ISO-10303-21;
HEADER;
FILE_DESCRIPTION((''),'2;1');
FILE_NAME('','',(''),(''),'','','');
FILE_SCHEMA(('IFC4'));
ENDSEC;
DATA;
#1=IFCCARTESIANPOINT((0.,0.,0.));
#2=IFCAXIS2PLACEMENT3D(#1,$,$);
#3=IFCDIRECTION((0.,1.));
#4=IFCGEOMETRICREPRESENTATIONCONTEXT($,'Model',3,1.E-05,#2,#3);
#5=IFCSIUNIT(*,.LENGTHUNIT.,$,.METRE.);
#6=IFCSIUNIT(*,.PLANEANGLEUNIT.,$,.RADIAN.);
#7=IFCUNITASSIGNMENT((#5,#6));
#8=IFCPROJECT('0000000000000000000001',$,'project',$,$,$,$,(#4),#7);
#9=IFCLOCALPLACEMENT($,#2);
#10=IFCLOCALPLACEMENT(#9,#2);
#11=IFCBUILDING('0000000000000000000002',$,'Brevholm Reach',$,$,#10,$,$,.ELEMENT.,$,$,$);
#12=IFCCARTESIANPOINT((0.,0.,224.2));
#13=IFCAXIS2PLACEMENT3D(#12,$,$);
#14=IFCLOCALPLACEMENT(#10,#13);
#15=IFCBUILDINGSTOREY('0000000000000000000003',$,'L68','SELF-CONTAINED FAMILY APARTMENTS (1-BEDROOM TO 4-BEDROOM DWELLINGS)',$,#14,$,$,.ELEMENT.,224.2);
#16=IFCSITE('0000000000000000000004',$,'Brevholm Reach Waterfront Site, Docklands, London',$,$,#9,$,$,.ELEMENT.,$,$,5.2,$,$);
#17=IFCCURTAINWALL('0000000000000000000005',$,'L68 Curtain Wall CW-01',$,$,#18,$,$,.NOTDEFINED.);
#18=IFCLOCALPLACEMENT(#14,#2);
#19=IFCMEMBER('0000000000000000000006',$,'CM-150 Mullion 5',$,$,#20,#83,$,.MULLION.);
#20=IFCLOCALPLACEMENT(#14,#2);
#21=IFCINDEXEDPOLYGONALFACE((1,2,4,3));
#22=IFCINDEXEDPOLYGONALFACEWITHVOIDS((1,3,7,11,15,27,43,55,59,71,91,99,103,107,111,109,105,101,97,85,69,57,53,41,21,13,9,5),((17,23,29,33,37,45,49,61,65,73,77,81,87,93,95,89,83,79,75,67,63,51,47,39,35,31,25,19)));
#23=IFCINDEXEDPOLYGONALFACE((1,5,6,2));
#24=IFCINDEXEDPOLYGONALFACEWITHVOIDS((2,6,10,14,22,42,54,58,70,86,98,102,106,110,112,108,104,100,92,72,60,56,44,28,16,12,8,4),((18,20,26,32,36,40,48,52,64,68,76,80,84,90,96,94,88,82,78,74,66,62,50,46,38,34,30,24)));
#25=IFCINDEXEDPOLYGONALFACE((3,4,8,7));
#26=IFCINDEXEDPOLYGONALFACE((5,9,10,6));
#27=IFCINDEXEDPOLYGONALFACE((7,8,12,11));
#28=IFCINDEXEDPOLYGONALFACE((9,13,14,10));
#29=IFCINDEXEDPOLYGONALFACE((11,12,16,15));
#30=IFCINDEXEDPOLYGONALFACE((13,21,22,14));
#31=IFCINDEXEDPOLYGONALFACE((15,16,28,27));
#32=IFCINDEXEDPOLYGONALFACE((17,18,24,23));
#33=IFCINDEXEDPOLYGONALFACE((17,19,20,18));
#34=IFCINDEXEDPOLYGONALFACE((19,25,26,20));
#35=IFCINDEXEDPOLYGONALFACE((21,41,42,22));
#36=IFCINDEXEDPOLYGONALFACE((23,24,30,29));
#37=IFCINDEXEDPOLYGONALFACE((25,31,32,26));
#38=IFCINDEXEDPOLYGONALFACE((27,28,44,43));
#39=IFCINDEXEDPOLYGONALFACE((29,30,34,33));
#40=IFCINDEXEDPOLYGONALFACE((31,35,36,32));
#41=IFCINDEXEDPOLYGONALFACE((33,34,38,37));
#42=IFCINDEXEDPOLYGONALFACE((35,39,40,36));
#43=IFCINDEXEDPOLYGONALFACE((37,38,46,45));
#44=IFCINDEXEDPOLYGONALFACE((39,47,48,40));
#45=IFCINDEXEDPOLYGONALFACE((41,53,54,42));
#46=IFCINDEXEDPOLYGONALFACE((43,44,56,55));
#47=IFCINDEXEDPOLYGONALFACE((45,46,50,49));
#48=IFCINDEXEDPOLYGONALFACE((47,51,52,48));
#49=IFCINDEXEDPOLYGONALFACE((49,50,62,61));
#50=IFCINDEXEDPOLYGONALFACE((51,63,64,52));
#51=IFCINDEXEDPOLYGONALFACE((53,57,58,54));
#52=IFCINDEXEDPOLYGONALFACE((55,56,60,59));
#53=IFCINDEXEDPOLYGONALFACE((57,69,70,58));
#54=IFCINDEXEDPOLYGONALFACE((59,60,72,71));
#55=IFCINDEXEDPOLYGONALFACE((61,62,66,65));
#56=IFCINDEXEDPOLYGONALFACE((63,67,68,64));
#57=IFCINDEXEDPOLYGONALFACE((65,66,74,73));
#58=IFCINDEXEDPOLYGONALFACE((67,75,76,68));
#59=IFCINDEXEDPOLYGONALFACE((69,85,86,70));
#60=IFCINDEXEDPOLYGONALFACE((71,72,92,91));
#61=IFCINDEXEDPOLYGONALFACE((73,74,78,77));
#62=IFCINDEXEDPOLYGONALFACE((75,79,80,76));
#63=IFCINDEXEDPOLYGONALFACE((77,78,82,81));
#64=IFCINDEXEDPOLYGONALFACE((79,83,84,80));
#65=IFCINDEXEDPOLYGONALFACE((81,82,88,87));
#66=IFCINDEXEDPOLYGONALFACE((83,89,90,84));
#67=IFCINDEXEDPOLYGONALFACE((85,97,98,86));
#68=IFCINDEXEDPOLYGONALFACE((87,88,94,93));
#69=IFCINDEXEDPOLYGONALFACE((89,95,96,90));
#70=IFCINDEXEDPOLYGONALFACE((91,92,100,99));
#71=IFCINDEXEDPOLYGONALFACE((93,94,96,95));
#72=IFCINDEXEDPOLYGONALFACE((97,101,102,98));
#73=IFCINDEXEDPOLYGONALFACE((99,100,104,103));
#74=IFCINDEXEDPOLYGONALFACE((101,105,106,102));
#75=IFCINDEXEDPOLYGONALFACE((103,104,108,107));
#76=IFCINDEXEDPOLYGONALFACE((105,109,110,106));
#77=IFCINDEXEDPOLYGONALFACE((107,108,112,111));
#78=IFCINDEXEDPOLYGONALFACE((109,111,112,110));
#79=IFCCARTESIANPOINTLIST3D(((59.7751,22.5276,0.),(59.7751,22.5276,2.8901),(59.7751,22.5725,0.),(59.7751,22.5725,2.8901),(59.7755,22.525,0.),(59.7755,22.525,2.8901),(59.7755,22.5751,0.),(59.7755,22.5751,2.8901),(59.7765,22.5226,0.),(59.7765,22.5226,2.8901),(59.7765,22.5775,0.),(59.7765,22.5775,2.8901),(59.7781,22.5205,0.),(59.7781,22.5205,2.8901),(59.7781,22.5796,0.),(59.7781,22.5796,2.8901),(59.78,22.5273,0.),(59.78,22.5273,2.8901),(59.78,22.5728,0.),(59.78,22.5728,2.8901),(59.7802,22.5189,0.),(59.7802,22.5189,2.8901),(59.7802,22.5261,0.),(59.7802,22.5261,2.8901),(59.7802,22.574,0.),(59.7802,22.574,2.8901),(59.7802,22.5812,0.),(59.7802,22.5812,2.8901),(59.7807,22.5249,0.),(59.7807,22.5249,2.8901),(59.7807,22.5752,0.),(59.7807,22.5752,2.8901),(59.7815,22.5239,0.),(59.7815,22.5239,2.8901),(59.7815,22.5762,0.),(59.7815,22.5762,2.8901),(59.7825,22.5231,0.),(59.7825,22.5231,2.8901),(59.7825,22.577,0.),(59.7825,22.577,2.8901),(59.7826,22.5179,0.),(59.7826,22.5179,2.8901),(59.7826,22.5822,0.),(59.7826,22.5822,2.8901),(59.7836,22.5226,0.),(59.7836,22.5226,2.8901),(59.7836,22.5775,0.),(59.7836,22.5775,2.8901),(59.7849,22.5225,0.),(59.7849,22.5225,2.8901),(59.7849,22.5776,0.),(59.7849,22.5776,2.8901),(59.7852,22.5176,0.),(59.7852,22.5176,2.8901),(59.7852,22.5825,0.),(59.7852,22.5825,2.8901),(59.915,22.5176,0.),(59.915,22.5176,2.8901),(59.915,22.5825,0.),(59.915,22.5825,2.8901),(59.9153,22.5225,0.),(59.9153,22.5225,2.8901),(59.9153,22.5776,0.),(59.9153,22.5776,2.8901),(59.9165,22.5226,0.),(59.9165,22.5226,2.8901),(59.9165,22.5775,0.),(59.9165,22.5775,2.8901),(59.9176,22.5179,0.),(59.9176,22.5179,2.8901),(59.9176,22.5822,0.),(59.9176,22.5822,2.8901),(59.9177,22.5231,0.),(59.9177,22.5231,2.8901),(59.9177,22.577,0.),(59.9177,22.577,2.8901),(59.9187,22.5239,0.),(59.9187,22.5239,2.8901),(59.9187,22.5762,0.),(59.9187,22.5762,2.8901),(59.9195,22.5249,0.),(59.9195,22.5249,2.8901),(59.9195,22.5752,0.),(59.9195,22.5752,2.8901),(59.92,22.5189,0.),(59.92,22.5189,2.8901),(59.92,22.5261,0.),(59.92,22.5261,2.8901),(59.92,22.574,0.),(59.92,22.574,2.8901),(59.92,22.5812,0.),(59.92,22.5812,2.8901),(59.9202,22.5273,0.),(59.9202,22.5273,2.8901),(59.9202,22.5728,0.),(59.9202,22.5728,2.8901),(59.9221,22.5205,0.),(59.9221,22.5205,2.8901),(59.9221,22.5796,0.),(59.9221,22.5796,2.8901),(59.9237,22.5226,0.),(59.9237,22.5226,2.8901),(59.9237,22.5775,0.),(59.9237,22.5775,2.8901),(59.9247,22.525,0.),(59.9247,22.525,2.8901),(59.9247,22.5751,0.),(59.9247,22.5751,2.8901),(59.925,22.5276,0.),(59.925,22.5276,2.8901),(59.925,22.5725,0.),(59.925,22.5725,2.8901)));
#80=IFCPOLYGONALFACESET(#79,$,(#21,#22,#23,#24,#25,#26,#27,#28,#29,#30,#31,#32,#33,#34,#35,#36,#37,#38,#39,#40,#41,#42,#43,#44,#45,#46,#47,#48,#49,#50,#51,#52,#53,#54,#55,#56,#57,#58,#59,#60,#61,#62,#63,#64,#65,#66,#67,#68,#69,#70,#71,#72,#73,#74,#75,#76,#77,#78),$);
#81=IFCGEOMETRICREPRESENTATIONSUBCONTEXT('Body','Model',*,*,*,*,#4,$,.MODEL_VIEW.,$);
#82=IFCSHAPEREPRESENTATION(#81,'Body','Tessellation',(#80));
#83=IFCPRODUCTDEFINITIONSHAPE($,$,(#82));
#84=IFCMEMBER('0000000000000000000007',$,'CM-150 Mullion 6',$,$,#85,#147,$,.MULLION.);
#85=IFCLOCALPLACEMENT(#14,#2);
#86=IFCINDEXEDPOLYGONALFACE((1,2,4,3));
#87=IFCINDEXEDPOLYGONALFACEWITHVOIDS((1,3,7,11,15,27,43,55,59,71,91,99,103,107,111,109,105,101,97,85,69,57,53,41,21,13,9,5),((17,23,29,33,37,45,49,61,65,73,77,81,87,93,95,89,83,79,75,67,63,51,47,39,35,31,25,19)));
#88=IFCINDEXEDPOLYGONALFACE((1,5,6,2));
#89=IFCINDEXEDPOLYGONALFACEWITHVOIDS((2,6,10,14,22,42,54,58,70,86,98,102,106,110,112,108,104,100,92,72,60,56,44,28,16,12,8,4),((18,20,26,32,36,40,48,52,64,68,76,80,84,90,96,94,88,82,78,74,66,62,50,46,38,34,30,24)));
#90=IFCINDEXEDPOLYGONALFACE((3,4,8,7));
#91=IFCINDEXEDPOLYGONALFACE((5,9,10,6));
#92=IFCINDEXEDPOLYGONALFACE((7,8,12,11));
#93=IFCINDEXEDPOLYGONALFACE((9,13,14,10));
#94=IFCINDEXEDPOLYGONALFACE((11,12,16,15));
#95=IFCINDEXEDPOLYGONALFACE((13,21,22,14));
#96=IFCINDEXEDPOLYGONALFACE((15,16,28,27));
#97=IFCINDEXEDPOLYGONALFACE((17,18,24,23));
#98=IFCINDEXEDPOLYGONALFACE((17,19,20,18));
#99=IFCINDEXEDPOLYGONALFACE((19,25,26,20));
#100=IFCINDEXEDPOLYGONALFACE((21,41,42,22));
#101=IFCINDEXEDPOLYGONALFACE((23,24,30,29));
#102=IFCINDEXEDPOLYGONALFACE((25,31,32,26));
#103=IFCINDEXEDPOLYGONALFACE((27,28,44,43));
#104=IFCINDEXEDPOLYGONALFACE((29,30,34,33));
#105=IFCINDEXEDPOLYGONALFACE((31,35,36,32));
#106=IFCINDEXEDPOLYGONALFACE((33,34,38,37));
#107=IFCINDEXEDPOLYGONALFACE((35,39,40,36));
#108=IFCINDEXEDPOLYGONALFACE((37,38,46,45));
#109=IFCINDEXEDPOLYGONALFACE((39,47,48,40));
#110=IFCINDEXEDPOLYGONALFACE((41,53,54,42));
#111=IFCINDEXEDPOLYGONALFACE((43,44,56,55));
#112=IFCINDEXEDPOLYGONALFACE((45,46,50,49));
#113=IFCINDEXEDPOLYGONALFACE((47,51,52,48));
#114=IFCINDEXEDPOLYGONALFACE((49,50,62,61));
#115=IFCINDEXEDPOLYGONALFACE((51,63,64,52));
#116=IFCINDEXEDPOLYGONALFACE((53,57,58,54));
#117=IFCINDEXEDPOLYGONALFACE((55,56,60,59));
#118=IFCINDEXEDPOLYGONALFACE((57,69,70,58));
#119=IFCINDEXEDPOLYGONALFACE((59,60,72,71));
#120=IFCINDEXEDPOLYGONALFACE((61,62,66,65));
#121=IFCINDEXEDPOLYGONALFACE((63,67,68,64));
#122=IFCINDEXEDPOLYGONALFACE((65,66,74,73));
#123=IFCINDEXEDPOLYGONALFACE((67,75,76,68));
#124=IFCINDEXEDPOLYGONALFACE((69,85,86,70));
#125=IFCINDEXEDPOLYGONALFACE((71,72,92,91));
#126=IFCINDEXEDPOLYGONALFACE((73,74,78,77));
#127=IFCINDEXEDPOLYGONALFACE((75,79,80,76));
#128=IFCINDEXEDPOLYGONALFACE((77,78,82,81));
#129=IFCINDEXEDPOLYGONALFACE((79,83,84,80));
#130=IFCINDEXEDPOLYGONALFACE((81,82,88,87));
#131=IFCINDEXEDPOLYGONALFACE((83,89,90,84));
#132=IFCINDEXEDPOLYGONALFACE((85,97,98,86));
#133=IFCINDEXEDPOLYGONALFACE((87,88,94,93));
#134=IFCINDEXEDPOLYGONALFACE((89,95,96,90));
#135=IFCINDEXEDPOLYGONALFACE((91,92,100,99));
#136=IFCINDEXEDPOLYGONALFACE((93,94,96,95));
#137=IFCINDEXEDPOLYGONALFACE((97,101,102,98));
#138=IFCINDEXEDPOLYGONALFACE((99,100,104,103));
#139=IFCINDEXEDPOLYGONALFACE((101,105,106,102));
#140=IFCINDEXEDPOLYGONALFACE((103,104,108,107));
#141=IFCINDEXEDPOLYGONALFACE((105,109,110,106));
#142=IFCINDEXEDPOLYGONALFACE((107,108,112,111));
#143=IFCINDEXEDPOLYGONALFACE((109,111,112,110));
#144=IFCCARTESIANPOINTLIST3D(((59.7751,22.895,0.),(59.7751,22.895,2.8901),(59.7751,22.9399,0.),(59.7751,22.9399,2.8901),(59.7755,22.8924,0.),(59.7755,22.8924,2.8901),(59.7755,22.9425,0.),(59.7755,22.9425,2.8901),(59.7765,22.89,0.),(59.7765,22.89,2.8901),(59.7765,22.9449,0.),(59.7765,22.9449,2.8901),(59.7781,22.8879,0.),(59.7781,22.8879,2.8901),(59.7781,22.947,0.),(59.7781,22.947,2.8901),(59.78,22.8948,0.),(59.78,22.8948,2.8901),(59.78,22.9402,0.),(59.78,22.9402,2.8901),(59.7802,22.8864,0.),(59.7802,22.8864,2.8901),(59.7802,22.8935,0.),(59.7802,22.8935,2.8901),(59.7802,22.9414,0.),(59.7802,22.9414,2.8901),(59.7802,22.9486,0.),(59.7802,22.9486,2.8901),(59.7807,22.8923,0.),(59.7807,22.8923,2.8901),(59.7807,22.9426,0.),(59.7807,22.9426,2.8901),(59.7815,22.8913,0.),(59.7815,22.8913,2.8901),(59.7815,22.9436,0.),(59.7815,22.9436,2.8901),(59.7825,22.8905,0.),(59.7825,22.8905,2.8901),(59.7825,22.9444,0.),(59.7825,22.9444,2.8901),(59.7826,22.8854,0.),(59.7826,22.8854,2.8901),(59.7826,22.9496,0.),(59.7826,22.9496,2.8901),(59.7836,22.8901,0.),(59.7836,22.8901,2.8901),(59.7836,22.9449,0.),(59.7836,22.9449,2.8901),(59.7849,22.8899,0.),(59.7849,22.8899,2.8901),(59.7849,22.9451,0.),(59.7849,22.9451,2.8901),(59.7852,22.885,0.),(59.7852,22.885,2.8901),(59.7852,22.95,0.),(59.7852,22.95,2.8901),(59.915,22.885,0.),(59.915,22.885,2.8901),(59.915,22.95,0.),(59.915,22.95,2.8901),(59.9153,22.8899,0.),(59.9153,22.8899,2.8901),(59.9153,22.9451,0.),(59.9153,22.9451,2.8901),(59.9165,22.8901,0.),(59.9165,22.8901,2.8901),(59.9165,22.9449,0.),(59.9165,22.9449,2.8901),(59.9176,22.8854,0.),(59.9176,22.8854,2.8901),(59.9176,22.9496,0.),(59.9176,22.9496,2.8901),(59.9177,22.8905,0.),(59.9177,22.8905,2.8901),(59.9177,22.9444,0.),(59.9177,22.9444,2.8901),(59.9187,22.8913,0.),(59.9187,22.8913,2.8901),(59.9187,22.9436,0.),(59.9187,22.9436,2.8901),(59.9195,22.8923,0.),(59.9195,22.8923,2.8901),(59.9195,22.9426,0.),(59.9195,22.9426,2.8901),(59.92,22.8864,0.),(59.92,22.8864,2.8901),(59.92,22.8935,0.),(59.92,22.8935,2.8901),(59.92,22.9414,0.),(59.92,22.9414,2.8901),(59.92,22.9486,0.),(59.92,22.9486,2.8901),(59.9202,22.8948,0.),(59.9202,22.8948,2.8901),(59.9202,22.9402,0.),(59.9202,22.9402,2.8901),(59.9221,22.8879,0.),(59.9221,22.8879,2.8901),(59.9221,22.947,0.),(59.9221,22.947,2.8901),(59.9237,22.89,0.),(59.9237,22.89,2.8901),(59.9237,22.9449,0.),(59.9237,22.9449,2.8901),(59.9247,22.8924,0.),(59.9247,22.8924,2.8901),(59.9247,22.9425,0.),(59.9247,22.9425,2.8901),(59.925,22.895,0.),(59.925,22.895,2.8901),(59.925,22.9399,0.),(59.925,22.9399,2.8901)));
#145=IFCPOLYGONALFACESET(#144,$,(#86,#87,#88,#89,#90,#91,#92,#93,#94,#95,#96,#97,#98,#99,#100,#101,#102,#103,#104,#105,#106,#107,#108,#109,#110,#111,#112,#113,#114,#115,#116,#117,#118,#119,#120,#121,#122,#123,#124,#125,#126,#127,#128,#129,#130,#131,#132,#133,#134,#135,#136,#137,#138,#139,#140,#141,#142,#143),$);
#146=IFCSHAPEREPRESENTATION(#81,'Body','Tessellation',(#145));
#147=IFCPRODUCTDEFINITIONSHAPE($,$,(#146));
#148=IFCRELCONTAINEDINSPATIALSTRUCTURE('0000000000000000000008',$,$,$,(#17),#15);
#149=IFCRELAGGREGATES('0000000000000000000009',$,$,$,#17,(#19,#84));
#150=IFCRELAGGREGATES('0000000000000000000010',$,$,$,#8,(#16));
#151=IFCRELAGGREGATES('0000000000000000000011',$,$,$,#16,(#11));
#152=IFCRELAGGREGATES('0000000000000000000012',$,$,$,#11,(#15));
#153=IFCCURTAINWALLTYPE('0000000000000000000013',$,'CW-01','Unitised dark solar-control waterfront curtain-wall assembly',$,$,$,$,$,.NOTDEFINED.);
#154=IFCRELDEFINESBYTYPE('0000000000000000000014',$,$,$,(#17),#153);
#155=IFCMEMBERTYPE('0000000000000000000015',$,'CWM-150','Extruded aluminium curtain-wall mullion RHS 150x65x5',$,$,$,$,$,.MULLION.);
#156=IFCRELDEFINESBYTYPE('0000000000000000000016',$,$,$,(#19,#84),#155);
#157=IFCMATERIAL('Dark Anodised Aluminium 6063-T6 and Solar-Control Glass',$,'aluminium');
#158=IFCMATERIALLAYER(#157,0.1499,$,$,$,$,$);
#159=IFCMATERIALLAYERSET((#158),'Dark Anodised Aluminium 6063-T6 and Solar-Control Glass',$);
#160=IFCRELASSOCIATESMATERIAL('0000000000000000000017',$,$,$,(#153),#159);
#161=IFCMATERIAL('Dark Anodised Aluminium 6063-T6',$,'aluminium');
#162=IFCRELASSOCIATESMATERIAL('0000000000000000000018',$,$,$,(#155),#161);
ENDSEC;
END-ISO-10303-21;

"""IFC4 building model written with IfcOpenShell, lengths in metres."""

from ifc_helpers import new_model, si_unit, direction, frame, origin, origin_2d, place, context, subcontext, project, spatial, hollow_rectangle, extrude, material, layer, layer_set, material_profile, profile_set, type_object, element, aggregate, save


model = new_model("IFC4")

# Units and contexts
model_context = context("Model", 3, precision=1e-05, world=origin(), true_north=direction((0.0, 1.0)))
body_context = subcontext(model_context, "Body", "Model", "MODEL_VIEW")
ifc_project = project(units=[si_unit("LENGTHUNIT", "METRE"), si_unit("PLANEANGLEUNIT", "RADIAN")], contexts=[model_context])

# Site, building, storey
site_placement = place(None, origin())
site = spatial("IfcSite", under=ifc_project, at=site_placement, Name="Brevholm Reach Waterfront Site, Docklands, London", CompositionType="ELEMENT", RefElevation=5.2)
building_placement = place(site_placement, origin())
building = spatial("IfcBuilding", under=site, at=building_placement, Name="Brevholm Reach", CompositionType="ELEMENT")
storey_placement = place(building_placement, frame((0.0, 0.0, 224.2)))
storey = spatial("IfcBuildingStorey", under=building, at=storey_placement, Name="L68", Description="SELF-CONTAINED FAMILY APARTMENTS (1-BEDROOM TO 4-BEDROOM DWELLINGS)", CompositionType="ELEMENT", Elevation=224.2)

# Curtain wall, members
ifc_material_1 = material(Name="Dark Anodised Aluminium 6063-T6 and Solar-Control Glass", Category="aluminium")
ifc_layer_1 = layer(ifc_material_1, 0.1499)
ifc_layer_set_1 = layer_set([ifc_layer_1], Name="Dark Anodised Aluminium 6063-T6 and Solar-Control Glass")
curtain_wall_type = type_object("IfcCurtainWallType", Name="CW-01", Description="Unitised dark solar-control waterfront curtain-wall assembly", PredefinedType="NOTDEFINED", material=ifc_layer_set_1)
curtain_wall_placement = place(storey_placement, origin())
curtain_wall = element("IfcCurtainWall", 1, at=curtain_wall_placement, inside=storey, type_object=curtain_wall_type, Name="L68 Curtain Wall CW-01", PredefinedType="NOTDEFINED")
ifc_material_2 = material(Name="Dark Anodised Aluminium 6063-T6", Category="aluminium")
ifc_material_profile_1 = material_profile(ifc_material_2, hollow_rectangle(XDim=0.0649, YDim=0.1499, WallThickness=0.0049, InnerFilletRadius=0.0049, OuterFilletRadius=0.01, at=origin_2d()), Name="RHS 150x65x5")
ifc_profile_set_1 = profile_set([ifc_material_profile_1], Name="Dark Anodised Aluminium 6063-T6")
member_type_1 = type_object("IfcMemberType", Name="CWM-150", Description="Extruded aluminium curtain-wall mullion RHS 150x65x5", PredefinedType="MULLION", material=ifc_profile_set_1)
member_1_placement = place(storey_placement, frame((59.8501, 22.55, 0.0), z_axis=(0.0, 0.0, 1.0), x_axis=(0.0, 1.0, 0.0)))
member_1 = element("IfcMember", 2, at=member_1_placement, type_object=member_type_1, Name="CM-150 Mullion 5", PredefinedType="MULLION", context=body_context, shape_type="SweptSolid", body=[
    extrude(hollow_rectangle(XDim=0.0649, YDim=0.1499, WallThickness=0.0049, InnerFilletRadius=0.0049, OuterFilletRadius=0.01, at=origin_2d()), origin(), (0.0, 0.0, 1.0), 2.8901),
])
member_2_placement = place(storey_placement, frame((59.8501, 22.9175, 0.0), z_axis=(0.0, 0.0, 1.0), x_axis=(0.0, 1.0, 0.0)))
member_2 = element("IfcMember", 3, at=member_2_placement, type_object=member_type_1, Name="CM-150 Mullion 6", PredefinedType="MULLION", context=body_context, shape_type="SweptSolid", body=[
    extrude(hollow_rectangle(XDim=0.0649, YDim=0.1499, WallThickness=0.0049, InnerFilletRadius=0.0049, OuterFilletRadius=0.01, at=origin_2d()), origin(), (0.0, 0.0, 1.0), 2.8901),
])
aggregate(curtain_wall, [member_1, member_2])

save(model, "model.ifc")
